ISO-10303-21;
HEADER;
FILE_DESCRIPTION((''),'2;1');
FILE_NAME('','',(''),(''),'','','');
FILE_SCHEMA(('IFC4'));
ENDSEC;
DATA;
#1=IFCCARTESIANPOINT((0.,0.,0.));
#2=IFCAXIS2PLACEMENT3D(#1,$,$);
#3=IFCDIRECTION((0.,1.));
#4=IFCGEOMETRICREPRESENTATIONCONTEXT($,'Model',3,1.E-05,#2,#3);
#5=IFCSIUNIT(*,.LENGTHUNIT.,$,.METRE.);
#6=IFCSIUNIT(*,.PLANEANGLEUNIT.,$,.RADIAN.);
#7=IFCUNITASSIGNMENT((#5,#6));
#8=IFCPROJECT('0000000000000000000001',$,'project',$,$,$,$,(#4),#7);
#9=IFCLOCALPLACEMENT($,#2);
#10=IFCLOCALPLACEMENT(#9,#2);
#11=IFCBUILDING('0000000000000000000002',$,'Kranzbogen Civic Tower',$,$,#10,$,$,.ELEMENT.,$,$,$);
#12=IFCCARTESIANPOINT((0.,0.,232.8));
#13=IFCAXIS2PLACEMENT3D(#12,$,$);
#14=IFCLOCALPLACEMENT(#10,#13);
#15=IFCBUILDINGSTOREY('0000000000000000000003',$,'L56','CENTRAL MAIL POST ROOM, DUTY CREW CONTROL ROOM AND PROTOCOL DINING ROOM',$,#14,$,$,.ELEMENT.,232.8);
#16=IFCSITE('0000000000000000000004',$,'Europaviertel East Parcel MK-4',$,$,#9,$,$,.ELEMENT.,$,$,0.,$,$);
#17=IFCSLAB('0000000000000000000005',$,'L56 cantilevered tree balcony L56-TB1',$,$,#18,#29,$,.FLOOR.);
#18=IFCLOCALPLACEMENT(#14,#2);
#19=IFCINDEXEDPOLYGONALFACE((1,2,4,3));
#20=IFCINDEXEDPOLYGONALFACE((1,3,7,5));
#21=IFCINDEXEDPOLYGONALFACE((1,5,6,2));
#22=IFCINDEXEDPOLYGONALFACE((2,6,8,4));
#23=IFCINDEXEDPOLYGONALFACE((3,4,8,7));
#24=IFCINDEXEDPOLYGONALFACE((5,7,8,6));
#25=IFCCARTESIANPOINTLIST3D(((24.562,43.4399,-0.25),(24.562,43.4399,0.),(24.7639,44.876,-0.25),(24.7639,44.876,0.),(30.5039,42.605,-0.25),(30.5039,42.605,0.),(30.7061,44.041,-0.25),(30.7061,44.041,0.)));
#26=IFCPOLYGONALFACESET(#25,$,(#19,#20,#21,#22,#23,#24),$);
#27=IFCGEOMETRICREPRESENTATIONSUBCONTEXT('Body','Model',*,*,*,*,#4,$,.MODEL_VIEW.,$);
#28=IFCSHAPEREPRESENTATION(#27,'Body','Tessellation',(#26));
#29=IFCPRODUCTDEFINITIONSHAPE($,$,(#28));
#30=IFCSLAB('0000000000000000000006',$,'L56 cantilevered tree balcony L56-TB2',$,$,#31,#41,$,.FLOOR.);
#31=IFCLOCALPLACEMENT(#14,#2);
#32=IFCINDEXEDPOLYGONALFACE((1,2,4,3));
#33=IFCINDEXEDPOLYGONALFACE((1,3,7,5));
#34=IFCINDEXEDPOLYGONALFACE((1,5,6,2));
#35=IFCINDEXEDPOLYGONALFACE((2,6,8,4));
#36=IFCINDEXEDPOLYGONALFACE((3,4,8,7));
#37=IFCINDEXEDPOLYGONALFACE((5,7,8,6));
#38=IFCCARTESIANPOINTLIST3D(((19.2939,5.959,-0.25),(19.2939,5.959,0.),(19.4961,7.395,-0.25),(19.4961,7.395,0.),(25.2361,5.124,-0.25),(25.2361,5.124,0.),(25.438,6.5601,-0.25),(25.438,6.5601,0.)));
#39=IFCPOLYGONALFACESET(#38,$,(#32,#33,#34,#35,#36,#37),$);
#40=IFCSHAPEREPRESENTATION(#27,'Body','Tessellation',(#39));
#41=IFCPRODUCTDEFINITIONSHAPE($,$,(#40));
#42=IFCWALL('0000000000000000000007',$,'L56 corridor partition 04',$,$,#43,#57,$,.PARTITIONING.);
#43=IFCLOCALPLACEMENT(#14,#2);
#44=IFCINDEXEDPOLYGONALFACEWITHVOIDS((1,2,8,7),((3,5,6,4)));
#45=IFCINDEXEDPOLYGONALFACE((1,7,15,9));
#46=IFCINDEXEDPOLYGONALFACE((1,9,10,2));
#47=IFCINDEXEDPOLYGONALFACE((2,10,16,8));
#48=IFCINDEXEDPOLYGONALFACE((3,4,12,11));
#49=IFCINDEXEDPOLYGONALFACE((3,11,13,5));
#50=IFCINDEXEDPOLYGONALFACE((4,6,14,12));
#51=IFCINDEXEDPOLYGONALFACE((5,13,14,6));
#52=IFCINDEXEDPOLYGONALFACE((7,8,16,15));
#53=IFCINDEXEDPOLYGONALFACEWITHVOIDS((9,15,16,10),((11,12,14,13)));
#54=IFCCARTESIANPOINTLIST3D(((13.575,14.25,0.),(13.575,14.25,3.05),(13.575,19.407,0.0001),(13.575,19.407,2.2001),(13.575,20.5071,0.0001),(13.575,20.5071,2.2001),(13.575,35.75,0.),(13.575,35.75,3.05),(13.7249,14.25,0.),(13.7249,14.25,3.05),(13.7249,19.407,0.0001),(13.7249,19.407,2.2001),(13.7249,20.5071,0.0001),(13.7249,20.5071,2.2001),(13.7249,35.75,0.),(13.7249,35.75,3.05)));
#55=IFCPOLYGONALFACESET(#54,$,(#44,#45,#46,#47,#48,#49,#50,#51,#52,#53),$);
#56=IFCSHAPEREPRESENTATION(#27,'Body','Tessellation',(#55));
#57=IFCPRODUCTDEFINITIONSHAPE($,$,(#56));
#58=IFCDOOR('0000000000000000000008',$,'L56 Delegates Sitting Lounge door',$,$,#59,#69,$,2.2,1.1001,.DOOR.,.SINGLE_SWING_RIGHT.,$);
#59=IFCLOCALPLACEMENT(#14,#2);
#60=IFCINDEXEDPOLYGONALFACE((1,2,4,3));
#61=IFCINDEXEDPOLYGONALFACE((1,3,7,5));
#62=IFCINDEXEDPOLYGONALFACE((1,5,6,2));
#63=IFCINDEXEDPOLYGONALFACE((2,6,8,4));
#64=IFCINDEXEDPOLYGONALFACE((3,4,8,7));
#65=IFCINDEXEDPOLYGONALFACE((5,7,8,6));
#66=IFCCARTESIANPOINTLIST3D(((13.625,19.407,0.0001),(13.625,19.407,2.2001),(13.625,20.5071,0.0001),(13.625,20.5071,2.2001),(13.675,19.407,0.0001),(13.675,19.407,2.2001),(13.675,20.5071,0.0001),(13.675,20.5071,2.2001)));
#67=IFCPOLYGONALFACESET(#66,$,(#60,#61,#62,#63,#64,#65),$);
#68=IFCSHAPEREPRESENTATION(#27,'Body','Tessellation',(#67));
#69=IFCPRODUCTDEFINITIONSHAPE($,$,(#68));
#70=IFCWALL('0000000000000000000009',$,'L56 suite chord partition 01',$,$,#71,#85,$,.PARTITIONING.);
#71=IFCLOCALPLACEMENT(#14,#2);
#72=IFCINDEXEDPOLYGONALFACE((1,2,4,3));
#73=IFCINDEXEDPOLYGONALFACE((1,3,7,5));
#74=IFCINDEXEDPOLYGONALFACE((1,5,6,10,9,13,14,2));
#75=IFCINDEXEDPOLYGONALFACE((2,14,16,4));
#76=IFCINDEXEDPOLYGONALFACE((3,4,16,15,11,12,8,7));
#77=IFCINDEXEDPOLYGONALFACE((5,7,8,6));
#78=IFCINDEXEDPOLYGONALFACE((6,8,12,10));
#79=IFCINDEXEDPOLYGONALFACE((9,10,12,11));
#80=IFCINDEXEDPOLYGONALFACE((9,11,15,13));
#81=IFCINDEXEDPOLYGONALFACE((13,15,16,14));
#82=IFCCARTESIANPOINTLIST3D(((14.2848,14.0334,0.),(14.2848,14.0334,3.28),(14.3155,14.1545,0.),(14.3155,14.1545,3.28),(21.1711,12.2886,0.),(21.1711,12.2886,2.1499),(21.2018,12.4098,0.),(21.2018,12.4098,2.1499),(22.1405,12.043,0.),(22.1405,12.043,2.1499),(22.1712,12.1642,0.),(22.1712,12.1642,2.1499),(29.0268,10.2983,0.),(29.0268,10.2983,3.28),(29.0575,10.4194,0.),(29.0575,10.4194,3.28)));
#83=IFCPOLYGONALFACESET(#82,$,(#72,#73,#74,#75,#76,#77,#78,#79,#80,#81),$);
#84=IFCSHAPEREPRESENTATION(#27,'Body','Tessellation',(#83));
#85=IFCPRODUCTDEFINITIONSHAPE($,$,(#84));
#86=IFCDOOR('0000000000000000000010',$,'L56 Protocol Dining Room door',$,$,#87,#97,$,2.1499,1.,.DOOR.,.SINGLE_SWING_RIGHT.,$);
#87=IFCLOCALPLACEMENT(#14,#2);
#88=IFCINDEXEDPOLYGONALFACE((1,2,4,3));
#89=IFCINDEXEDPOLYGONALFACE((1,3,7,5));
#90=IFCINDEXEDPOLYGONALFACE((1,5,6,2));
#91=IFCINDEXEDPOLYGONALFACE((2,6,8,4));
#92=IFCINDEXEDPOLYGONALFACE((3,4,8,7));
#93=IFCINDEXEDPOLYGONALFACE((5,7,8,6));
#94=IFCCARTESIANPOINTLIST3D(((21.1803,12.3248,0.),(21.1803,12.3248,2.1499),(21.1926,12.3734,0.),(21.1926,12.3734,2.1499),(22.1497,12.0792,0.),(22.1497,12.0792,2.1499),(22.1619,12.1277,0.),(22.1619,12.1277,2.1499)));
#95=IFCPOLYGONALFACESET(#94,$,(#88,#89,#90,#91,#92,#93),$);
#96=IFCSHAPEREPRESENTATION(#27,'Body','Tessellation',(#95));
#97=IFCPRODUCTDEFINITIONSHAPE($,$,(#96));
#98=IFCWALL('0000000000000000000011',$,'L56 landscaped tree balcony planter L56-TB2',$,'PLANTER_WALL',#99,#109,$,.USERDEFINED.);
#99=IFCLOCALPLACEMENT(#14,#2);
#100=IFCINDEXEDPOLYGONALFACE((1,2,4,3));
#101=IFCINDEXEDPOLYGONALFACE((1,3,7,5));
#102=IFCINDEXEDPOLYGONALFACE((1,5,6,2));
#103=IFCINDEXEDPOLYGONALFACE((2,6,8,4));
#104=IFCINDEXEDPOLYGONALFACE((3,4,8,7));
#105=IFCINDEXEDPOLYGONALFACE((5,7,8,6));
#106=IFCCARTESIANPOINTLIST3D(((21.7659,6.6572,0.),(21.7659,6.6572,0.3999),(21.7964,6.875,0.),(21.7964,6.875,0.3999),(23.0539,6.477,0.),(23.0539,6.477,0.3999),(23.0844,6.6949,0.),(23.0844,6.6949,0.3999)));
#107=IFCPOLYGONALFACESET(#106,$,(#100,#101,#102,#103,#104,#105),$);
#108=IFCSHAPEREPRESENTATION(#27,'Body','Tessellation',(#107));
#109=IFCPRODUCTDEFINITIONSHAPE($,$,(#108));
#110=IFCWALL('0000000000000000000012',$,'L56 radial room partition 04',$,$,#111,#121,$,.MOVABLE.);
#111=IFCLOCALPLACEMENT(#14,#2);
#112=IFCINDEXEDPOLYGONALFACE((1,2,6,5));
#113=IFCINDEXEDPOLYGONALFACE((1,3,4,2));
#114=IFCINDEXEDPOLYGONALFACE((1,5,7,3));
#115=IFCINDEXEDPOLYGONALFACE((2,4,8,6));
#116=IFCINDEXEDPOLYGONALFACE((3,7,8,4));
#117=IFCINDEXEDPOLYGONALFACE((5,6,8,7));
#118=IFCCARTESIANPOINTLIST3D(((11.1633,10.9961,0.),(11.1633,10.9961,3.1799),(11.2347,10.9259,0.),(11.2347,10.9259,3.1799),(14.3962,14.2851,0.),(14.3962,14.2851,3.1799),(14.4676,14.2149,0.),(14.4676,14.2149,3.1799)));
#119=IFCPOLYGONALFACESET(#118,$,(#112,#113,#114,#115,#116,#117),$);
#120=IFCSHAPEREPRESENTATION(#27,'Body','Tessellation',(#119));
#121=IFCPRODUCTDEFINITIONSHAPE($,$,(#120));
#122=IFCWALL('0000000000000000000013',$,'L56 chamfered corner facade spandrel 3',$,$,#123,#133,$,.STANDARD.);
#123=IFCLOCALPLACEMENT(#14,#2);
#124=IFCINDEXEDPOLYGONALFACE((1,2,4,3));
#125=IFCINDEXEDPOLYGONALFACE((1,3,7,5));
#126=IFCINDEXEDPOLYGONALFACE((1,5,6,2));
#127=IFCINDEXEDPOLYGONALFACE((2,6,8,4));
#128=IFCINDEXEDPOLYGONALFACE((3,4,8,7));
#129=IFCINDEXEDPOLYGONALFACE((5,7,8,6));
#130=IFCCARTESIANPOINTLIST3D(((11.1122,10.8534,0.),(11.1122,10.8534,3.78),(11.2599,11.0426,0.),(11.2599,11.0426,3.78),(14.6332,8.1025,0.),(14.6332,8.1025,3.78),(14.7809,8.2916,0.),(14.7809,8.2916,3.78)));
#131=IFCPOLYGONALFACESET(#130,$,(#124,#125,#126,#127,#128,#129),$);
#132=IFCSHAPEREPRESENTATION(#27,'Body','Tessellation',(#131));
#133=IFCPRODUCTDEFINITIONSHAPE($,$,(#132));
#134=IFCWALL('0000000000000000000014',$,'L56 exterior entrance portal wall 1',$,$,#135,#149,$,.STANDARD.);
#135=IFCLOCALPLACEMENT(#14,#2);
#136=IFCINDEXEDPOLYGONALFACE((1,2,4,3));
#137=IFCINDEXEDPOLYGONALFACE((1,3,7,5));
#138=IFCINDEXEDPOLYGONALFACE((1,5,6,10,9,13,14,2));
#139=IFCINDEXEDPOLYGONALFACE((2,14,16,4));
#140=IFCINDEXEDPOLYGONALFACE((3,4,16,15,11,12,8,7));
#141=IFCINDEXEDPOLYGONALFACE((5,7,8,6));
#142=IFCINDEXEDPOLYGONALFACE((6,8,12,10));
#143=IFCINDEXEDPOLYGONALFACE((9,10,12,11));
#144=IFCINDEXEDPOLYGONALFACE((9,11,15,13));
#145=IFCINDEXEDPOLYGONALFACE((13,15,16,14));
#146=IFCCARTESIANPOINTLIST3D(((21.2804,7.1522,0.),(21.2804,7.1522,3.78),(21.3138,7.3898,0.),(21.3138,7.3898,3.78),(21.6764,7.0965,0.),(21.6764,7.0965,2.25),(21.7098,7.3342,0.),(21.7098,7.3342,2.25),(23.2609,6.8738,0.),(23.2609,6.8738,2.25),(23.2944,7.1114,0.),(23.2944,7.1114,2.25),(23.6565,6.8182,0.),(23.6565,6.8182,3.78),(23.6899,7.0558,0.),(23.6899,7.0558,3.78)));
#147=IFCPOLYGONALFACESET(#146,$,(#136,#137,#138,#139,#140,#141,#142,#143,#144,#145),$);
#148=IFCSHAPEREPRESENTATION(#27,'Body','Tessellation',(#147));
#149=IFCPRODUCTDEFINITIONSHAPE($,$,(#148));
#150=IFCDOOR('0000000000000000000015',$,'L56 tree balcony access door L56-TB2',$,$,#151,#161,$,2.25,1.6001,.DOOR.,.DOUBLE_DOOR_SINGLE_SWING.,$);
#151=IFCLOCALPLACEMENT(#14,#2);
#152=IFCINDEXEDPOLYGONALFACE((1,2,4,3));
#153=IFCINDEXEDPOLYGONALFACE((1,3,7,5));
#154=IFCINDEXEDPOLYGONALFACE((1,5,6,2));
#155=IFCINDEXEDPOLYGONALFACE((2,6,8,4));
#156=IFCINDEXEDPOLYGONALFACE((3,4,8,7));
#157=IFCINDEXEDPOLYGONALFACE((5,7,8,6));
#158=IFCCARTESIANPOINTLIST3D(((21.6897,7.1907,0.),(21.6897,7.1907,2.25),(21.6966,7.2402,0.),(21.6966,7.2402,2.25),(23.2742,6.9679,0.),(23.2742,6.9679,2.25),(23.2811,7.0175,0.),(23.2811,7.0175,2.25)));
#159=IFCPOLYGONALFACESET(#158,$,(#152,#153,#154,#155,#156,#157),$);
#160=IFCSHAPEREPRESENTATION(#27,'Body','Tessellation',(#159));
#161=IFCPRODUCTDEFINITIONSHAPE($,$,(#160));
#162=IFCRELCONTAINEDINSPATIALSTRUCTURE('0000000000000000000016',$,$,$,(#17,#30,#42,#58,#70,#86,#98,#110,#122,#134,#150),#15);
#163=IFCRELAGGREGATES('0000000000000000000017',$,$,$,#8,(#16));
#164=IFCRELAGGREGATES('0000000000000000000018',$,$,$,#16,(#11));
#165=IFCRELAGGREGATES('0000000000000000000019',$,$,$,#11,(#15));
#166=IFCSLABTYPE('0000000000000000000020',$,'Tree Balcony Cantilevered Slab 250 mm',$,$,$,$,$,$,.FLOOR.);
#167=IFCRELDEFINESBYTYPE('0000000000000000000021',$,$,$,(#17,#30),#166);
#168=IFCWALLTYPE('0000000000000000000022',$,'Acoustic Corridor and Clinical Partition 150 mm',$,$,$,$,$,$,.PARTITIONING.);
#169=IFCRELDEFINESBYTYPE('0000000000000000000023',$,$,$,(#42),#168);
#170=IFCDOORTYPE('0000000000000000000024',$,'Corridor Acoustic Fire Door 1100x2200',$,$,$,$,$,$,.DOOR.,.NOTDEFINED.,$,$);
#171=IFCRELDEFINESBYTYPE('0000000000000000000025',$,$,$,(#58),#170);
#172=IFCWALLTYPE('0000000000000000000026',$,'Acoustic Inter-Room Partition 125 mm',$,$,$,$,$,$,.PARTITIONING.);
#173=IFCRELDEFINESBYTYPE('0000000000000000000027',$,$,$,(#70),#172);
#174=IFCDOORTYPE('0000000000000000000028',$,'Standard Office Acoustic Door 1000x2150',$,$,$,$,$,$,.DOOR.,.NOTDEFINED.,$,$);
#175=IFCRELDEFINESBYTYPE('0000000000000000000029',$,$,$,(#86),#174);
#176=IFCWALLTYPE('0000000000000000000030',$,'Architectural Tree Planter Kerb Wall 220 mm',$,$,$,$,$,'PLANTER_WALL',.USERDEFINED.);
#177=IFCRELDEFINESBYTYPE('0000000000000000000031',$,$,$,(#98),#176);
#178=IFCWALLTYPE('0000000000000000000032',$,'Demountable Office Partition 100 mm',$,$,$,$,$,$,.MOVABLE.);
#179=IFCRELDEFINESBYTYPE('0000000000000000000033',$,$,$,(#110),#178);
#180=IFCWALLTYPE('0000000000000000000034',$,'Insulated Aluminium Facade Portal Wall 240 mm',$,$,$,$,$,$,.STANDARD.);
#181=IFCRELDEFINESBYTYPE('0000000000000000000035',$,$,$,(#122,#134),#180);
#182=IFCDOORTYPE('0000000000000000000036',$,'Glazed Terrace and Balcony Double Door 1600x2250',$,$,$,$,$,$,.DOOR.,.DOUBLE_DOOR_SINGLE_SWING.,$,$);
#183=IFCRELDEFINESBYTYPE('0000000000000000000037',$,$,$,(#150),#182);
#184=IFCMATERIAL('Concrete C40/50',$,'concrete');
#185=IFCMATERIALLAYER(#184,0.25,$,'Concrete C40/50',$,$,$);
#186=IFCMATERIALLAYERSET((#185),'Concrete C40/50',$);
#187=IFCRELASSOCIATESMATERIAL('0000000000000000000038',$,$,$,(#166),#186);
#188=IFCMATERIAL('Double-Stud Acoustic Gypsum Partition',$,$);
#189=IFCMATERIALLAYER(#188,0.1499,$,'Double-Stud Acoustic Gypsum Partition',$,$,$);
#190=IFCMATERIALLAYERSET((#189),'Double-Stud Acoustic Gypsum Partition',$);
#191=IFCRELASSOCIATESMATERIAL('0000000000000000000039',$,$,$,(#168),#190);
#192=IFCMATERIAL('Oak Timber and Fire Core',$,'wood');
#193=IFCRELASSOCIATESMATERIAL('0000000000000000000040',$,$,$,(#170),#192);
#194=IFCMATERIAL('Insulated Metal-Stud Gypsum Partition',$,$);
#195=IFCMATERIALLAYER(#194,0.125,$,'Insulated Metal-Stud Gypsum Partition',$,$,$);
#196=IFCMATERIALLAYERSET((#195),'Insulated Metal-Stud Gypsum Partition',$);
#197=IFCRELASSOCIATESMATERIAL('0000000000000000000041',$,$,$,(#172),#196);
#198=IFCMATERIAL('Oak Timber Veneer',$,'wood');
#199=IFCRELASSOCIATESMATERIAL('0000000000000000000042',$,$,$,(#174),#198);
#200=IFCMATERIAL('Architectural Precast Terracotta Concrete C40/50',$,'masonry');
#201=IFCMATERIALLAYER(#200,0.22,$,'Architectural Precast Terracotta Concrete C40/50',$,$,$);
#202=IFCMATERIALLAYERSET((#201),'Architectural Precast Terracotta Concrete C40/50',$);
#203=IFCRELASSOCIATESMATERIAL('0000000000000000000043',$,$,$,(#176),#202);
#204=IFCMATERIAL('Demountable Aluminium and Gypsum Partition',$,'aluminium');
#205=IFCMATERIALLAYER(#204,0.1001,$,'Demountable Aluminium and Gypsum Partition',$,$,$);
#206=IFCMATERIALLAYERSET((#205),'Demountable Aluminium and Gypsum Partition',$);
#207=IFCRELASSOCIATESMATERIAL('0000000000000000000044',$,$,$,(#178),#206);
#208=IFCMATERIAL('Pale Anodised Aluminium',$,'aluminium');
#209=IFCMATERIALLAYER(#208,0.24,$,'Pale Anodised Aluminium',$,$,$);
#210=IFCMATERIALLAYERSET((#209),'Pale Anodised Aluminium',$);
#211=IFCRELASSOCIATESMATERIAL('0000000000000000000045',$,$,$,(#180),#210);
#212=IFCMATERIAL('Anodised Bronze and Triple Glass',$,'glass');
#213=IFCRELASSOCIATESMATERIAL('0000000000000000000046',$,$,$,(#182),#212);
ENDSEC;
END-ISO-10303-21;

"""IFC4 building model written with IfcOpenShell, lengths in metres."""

from ifc_helpers import new_model, si_unit, direction, frame, frame_2d, origin, place, context, subcontext, project, spatial, polyline, rectangle, outline, extrude, material, layer, layer_set, type_object, element, fill, save


model = new_model("IFC4")

# Units and contexts
model_context = context("Model", 3, precision=1e-05, world=origin(), true_north=direction((0.0, 1.0)))
body_context = subcontext(model_context, "Body", "Model", "MODEL_VIEW")
ifc_project = project(units=[si_unit("LENGTHUNIT", "METRE"), si_unit("PLANEANGLEUNIT", "RADIAN")], contexts=[model_context])

# Site, building, storey
site_placement = place(None, origin())
site = spatial("IfcSite", under=ifc_project, at=site_placement, Name="Europaviertel East Parcel MK-4", CompositionType="ELEMENT", RefElevation=0.0)
building_placement = place(site_placement, origin())
building = spatial("IfcBuilding", under=site, at=building_placement, Name="Kranzbogen Civic Tower", CompositionType="ELEMENT")
storey_placement = place(building_placement, frame((0.0, 0.0, 232.8)))
storey = spatial("IfcBuildingStorey", under=building, at=storey_placement, Name="L56", Description="CENTRAL MAIL POST ROOM, DUTY CREW CONTROL ROOM AND PROTOCOL DINING ROOM", CompositionType="ELEMENT", Elevation=232.8)

# Shared definitions
ifc_material_1 = material(Name="Pale Anodised Aluminium", Category="aluminium")

# Shared definitions
ifc_material_2 = material(Name="Concrete C40/50", Category="concrete")

# Slabs
ifc_layer_1 = layer(ifc_material_2, 0.25, Name="Concrete C40/50")
ifc_layer_set_1 = layer_set([ifc_layer_1], Name="Concrete C40/50")
slab_type_1 = type_object("IfcSlabType", Name="Tree Balcony Cantilevered Slab 250 mm", PredefinedType="FLOOR", material=ifc_layer_set_1)
slab_1_placement = place(storey_placement, frame((0.0, 0.0, -0.25)))
element("IfcSlab", 1, at=slab_1_placement, inside=storey, type_object=slab_type_1, Name="L56 cantilevered tree balcony L56-TB1", PredefinedType="FLOOR", context=body_context, shape_type="SweptSolid", body=[
    extrude(outline(polyline([(30.5039, 42.605), (24.562, 43.4399), (24.7639, 44.876), (30.7061, 44.041), (30.5039, 42.605)])), origin(), (0.0, 0.0, 1.0), 0.25),
])
slab_2_placement = place(storey_placement, frame((0.0, 0.0, -0.25)))
element("IfcSlab", 2, at=slab_2_placement, inside=storey, type_object=slab_type_1, Name="L56 cantilevered tree balcony L56-TB2", PredefinedType="FLOOR", context=body_context, shape_type="SweptSolid", body=[
    extrude(outline(polyline([(19.4961, 7.395), (25.438, 6.5601), (25.2361, 5.124), (19.2939, 5.959), (19.4961, 7.395)])), origin(), (0.0, 0.0, 1.0), 0.25),
])

# Walls, openings, doors
ifc_material_3 = material(Name="Double-Stud Acoustic Gypsum Partition")
ifc_layer_2 = layer(ifc_material_3, 0.1499, Name="Double-Stud Acoustic Gypsum Partition")
ifc_layer_set_2 = layer_set([ifc_layer_2], Name="Double-Stud Acoustic Gypsum Partition")
wall_type_1 = type_object("IfcWallType", Name="Acoustic Corridor and Clinical Partition 150 mm", PredefinedType="PARTITIONING", material=ifc_layer_set_2)
wall_1_placement = place(storey_placement, frame((13.6499, 14.25, 0.0), z_axis=(0.0, 0.0, 1.0), x_axis=(0.0, 1.0, 0.0)))
wall_1 = element("IfcWall", 3, at=wall_1_placement, inside=storey, type_object=wall_type_1, Name="L56 corridor partition 04", PredefinedType="PARTITIONING", context=body_context, shape_type="SweptSolid", body=[
    extrude(rectangle(XDim=21.5, YDim=0.1499, at=frame_2d((10.75, 0.0))), origin(), (0.0, 0.0, 1.0), 3.05),
])
opening_1_placement = place(wall_1_placement, frame((5.157, 0.0, 0.0)))
opening_1 = element("IfcOpeningElement", 4, at=opening_1_placement, cuts=wall_1, PredefinedType="OPENING", context=body_context, shape_type="SweptSolid", body=[
    extrude(rectangle(XDim=1.1001, YDim=2.2, at=frame_2d((0.55, 1.1001))), frame((0.0, 0.085, 0.0), z_axis=(0.0, -1.0, 0.0), x_axis=(1.0, 0.0, 0.0)), (0.0, 0.0, 1.0), 0.1699),
])
ifc_material_4 = material(Name="Oak Timber and Fire Core", Category="wood")
door_type_1 = type_object("IfcDoorType", Name="Corridor Acoustic Fire Door 1100x2200", OperationType="NOTDEFINED", PredefinedType="DOOR", material=ifc_material_4)
door_1_placement = place(opening_1_placement, origin())
door_1 = element("IfcDoor", 5, at=door_1_placement, inside=storey, type_object=door_type_1, Name="L56 Delegates Sitting Lounge door", OperationType="SINGLE_SWING_RIGHT", OverallHeight=2.2, OverallWidth=1.1001, PredefinedType="DOOR", context=body_context, shape_type="SweptSolid", body=[
    extrude(rectangle(XDim=1.1001, YDim=2.2, at=frame_2d((0.55, 1.1001))), frame((0.0, 0.0249, 0.0), z_axis=(0.0, -1.0, 0.0), x_axis=(1.0, 0.0, 0.0)), (0.0, 0.0, 1.0), 0.05),
])
fill(opening_1, door_1)
ifc_material_5 = material(Name="Insulated Metal-Stud Gypsum Partition")
ifc_layer_3 = layer(ifc_material_5, 0.125, Name="Insulated Metal-Stud Gypsum Partition")
ifc_layer_set_3 = layer_set([ifc_layer_3], Name="Insulated Metal-Stud Gypsum Partition")
wall_type_2 = type_object("IfcWallType", Name="Acoustic Inter-Room Partition 125 mm", PredefinedType="PARTITIONING", material=ifc_layer_set_3)
wall_2_placement = place(storey_placement, frame((14.3, 14.094, 0.0), z_axis=(0.0, 0.0, 1.0), x_axis=(0.96937, -0.245605, 0.0)))
wall_2 = element("IfcWall", 6, at=wall_2_placement, inside=storey, type_object=wall_type_2, Name="L56 suite chord partition 01", PredefinedType="PARTITIONING", context=body_context, shape_type="SweptSolid", body=[
    extrude(rectangle(XDim=15.2078, YDim=0.125, at=frame_2d((7.604, 0.0))), origin(), (0.0, 0.0, 1.0), 3.28),
])
opening_2_placement = place(wall_2_placement, frame((7.104, 0.0, 0.0)))
opening_2 = element("IfcOpeningElement", 7, at=opening_2_placement, cuts=wall_2, PredefinedType="OPENING", context=body_context, shape_type="SweptSolid", body=[
    extrude(rectangle(XDim=1.0, YDim=2.1499, at=frame_2d((0.5, 1.075))), frame((0.0, 0.0725, 0.0), z_axis=(0.0, -1.0, 0.0), x_axis=(1.0, 0.0, 0.0)), (0.0, 0.0, 1.0), 0.145),
])
ifc_material_6 = material(Name="Oak Timber Veneer", Category="wood")
door_type_2 = type_object("IfcDoorType", Name="Standard Office Acoustic Door 1000x2150", OperationType="NOTDEFINED", PredefinedType="DOOR", material=ifc_material_6)
door_2_placement = place(opening_2_placement, origin())
door_2 = element("IfcDoor", 8, at=door_2_placement, inside=storey, type_object=door_type_2, Name="L56 Protocol Dining Room door", OperationType="SINGLE_SWING_RIGHT", OverallHeight=2.1499, OverallWidth=1.0, PredefinedType="DOOR", context=body_context, shape_type="SweptSolid", body=[
    extrude(rectangle(XDim=1.0, YDim=2.1499, at=frame_2d((0.5, 1.075))), frame((0.0, 0.0249, 0.0), z_axis=(0.0, -1.0, 0.0), x_axis=(1.0, 0.0, 0.0)), (0.0, 0.0, 1.0), 0.05),
])
fill(opening_2, door_2)

# Walls
ifc_material_7 = material(Name="Architectural Precast Terracotta Concrete C40/50", Category="masonry")
ifc_layer_4 = layer(ifc_material_7, 0.22, Name="Architectural Precast Terracotta Concrete C40/50")
ifc_layer_set_4 = layer_set([ifc_layer_4], Name="Architectural Precast Terracotta Concrete C40/50")
wall_type_3 = type_object("IfcWallType", Name="Architectural Tree Planter Kerb Wall 220 mm", ElementType="PLANTER_WALL", PredefinedType="USERDEFINED", material=ifc_layer_set_4)
wall_3_placement = place(storey_placement, frame((21.781, 6.7661, 0.0), z_axis=(0.0, 0.0, 1.0), x_axis=(0.990358, -0.13853, 0.0)))
element("IfcWall", 9, at=wall_3_placement, inside=storey, type_object=wall_type_3, Name="L56 landscaped tree balcony planter L56-TB2", ObjectType="PLANTER_WALL", PredefinedType="USERDEFINED", context=body_context, shape_type="SweptSolid", body=[
    extrude(rectangle(XDim=1.3005, YDim=0.22, at=frame_2d((0.6504, 0.0))), origin(), (0.0, 0.0, 1.0), 0.3999),
])
ifc_material_8 = material(Name="Demountable Aluminium and Gypsum Partition", Category="aluminium")
ifc_layer_5 = layer(ifc_material_8, 0.1001, Name="Demountable Aluminium and Gypsum Partition")
ifc_layer_set_5 = layer_set([ifc_layer_5], Name="Demountable Aluminium and Gypsum Partition")
wall_type_4 = type_object("IfcWallType", Name="Demountable Office Partition 100 mm", PredefinedType="MOVABLE", material=ifc_layer_set_5)
wall_4_placement = place(storey_placement, frame((14.4319, 14.25, 0.0), z_axis=(0.0, 0.0, 1.0), x_axis=(-0.700993, -0.713168, 0.0)))
element("IfcWall", 10, at=wall_4_placement, inside=storey, type_object=wall_type_4, Name="L56 radial room partition 04", PredefinedType="MOVABLE", context=body_context, shape_type="SweptSolid", body=[
    extrude(rectangle(XDim=4.6118, YDim=0.1001, at=frame_2d((2.3059, 0.0))), origin(), (0.0, 0.0, 1.0), 3.1799),
])
ifc_layer_6 = layer(ifc_material_1, 0.24, Name="Pale Anodised Aluminium")
ifc_layer_set_6 = layer_set([ifc_layer_6], Name="Pale Anodised Aluminium")
wall_type_5 = type_object("IfcWallType", Name="Insulated Aluminium Facade Portal Wall 240 mm", PredefinedType="STANDARD", material=ifc_layer_set_6)
wall_5_placement = place(storey_placement, frame((11.186, 10.948, 0.0), z_axis=(0.0, 0.0, 1.0), x_axis=(0.788003, -0.615672, 0.0)))
element("IfcWall", 11, at=wall_5_placement, inside=storey, type_object=wall_type_5, Name="L56 chamfered corner facade spandrel 3", PredefinedType="STANDARD", context=body_context, shape_type="SweptSolid", body=[
    extrude(rectangle(XDim=4.4683, YDim=0.24, at=frame_2d((2.2341, 0.0))), origin(), (0.0, 0.0, 1.0), 3.78),
])

# Wall, opening, door
wall_6_placement = place(storey_placement, frame((21.2971, 7.271, 0.0), z_axis=(0.0, 0.0, 1.0), x_axis=(0.990264, -0.139199, 0.0)))
wall_6 = element("IfcWall", 12, at=wall_6_placement, inside=storey, type_object=wall_type_5, Name="L56 exterior entrance portal wall 1", PredefinedType="STANDARD", context=body_context, shape_type="SweptSolid", body=[
    extrude(rectangle(XDim=2.3994, YDim=0.24, at=frame_2d((1.1997, 0.0))), origin(), (0.0, 0.0, 1.0), 3.78),
])
opening_3_placement = place(wall_6_placement, frame((0.3999, 0.0, 0.0)))
opening_3 = element("IfcOpeningElement", 13, at=opening_3_placement, cuts=wall_6, PredefinedType="OPENING", context=body_context, shape_type="SweptSolid", body=[
    extrude(rectangle(XDim=1.6001, YDim=2.25, at=frame_2d((0.8, 1.125))), frame((0.0, 0.1299, 0.0), z_axis=(0.0, -1.0, 0.0), x_axis=(1.0, 0.0, 0.0)), (0.0, 0.0, 1.0), 0.26),
])
ifc_material_9 = material(Name="Anodised Bronze and Triple Glass", Category="glass")
door_type_3 = type_object("IfcDoorType", Name="Glazed Terrace and Balcony Double Door 1600x2250", OperationType="DOUBLE_DOOR_SINGLE_SWING", PredefinedType="DOOR", material=ifc_material_9)
door_3_placement = place(opening_3_placement, frame((1.6001, 0.0, 0.0), z_axis=(0.0, 0.0, 1.0), x_axis=(-1.0, 0.0, 0.0)))
door_3 = element("IfcDoor", 14, at=door_3_placement, inside=storey, type_object=door_type_3, Name="L56 tree balcony access door L56-TB2", OperationType="DOUBLE_DOOR_SINGLE_SWING", OverallHeight=2.25, OverallWidth=1.6001, PredefinedType="DOOR", context=body_context, shape_type="SweptSolid", body=[
    extrude(rectangle(XDim=1.6001, YDim=2.25, at=frame_2d((0.8, 1.125))), frame((0.0, 0.0249, 0.0), z_axis=(0.0, -1.0, 0.0), x_axis=(1.0, 0.0, 0.0)), (0.0, 0.0, 1.0), 0.05),
])
fill(opening_3, door_3)

save(model, "model.ifc")
